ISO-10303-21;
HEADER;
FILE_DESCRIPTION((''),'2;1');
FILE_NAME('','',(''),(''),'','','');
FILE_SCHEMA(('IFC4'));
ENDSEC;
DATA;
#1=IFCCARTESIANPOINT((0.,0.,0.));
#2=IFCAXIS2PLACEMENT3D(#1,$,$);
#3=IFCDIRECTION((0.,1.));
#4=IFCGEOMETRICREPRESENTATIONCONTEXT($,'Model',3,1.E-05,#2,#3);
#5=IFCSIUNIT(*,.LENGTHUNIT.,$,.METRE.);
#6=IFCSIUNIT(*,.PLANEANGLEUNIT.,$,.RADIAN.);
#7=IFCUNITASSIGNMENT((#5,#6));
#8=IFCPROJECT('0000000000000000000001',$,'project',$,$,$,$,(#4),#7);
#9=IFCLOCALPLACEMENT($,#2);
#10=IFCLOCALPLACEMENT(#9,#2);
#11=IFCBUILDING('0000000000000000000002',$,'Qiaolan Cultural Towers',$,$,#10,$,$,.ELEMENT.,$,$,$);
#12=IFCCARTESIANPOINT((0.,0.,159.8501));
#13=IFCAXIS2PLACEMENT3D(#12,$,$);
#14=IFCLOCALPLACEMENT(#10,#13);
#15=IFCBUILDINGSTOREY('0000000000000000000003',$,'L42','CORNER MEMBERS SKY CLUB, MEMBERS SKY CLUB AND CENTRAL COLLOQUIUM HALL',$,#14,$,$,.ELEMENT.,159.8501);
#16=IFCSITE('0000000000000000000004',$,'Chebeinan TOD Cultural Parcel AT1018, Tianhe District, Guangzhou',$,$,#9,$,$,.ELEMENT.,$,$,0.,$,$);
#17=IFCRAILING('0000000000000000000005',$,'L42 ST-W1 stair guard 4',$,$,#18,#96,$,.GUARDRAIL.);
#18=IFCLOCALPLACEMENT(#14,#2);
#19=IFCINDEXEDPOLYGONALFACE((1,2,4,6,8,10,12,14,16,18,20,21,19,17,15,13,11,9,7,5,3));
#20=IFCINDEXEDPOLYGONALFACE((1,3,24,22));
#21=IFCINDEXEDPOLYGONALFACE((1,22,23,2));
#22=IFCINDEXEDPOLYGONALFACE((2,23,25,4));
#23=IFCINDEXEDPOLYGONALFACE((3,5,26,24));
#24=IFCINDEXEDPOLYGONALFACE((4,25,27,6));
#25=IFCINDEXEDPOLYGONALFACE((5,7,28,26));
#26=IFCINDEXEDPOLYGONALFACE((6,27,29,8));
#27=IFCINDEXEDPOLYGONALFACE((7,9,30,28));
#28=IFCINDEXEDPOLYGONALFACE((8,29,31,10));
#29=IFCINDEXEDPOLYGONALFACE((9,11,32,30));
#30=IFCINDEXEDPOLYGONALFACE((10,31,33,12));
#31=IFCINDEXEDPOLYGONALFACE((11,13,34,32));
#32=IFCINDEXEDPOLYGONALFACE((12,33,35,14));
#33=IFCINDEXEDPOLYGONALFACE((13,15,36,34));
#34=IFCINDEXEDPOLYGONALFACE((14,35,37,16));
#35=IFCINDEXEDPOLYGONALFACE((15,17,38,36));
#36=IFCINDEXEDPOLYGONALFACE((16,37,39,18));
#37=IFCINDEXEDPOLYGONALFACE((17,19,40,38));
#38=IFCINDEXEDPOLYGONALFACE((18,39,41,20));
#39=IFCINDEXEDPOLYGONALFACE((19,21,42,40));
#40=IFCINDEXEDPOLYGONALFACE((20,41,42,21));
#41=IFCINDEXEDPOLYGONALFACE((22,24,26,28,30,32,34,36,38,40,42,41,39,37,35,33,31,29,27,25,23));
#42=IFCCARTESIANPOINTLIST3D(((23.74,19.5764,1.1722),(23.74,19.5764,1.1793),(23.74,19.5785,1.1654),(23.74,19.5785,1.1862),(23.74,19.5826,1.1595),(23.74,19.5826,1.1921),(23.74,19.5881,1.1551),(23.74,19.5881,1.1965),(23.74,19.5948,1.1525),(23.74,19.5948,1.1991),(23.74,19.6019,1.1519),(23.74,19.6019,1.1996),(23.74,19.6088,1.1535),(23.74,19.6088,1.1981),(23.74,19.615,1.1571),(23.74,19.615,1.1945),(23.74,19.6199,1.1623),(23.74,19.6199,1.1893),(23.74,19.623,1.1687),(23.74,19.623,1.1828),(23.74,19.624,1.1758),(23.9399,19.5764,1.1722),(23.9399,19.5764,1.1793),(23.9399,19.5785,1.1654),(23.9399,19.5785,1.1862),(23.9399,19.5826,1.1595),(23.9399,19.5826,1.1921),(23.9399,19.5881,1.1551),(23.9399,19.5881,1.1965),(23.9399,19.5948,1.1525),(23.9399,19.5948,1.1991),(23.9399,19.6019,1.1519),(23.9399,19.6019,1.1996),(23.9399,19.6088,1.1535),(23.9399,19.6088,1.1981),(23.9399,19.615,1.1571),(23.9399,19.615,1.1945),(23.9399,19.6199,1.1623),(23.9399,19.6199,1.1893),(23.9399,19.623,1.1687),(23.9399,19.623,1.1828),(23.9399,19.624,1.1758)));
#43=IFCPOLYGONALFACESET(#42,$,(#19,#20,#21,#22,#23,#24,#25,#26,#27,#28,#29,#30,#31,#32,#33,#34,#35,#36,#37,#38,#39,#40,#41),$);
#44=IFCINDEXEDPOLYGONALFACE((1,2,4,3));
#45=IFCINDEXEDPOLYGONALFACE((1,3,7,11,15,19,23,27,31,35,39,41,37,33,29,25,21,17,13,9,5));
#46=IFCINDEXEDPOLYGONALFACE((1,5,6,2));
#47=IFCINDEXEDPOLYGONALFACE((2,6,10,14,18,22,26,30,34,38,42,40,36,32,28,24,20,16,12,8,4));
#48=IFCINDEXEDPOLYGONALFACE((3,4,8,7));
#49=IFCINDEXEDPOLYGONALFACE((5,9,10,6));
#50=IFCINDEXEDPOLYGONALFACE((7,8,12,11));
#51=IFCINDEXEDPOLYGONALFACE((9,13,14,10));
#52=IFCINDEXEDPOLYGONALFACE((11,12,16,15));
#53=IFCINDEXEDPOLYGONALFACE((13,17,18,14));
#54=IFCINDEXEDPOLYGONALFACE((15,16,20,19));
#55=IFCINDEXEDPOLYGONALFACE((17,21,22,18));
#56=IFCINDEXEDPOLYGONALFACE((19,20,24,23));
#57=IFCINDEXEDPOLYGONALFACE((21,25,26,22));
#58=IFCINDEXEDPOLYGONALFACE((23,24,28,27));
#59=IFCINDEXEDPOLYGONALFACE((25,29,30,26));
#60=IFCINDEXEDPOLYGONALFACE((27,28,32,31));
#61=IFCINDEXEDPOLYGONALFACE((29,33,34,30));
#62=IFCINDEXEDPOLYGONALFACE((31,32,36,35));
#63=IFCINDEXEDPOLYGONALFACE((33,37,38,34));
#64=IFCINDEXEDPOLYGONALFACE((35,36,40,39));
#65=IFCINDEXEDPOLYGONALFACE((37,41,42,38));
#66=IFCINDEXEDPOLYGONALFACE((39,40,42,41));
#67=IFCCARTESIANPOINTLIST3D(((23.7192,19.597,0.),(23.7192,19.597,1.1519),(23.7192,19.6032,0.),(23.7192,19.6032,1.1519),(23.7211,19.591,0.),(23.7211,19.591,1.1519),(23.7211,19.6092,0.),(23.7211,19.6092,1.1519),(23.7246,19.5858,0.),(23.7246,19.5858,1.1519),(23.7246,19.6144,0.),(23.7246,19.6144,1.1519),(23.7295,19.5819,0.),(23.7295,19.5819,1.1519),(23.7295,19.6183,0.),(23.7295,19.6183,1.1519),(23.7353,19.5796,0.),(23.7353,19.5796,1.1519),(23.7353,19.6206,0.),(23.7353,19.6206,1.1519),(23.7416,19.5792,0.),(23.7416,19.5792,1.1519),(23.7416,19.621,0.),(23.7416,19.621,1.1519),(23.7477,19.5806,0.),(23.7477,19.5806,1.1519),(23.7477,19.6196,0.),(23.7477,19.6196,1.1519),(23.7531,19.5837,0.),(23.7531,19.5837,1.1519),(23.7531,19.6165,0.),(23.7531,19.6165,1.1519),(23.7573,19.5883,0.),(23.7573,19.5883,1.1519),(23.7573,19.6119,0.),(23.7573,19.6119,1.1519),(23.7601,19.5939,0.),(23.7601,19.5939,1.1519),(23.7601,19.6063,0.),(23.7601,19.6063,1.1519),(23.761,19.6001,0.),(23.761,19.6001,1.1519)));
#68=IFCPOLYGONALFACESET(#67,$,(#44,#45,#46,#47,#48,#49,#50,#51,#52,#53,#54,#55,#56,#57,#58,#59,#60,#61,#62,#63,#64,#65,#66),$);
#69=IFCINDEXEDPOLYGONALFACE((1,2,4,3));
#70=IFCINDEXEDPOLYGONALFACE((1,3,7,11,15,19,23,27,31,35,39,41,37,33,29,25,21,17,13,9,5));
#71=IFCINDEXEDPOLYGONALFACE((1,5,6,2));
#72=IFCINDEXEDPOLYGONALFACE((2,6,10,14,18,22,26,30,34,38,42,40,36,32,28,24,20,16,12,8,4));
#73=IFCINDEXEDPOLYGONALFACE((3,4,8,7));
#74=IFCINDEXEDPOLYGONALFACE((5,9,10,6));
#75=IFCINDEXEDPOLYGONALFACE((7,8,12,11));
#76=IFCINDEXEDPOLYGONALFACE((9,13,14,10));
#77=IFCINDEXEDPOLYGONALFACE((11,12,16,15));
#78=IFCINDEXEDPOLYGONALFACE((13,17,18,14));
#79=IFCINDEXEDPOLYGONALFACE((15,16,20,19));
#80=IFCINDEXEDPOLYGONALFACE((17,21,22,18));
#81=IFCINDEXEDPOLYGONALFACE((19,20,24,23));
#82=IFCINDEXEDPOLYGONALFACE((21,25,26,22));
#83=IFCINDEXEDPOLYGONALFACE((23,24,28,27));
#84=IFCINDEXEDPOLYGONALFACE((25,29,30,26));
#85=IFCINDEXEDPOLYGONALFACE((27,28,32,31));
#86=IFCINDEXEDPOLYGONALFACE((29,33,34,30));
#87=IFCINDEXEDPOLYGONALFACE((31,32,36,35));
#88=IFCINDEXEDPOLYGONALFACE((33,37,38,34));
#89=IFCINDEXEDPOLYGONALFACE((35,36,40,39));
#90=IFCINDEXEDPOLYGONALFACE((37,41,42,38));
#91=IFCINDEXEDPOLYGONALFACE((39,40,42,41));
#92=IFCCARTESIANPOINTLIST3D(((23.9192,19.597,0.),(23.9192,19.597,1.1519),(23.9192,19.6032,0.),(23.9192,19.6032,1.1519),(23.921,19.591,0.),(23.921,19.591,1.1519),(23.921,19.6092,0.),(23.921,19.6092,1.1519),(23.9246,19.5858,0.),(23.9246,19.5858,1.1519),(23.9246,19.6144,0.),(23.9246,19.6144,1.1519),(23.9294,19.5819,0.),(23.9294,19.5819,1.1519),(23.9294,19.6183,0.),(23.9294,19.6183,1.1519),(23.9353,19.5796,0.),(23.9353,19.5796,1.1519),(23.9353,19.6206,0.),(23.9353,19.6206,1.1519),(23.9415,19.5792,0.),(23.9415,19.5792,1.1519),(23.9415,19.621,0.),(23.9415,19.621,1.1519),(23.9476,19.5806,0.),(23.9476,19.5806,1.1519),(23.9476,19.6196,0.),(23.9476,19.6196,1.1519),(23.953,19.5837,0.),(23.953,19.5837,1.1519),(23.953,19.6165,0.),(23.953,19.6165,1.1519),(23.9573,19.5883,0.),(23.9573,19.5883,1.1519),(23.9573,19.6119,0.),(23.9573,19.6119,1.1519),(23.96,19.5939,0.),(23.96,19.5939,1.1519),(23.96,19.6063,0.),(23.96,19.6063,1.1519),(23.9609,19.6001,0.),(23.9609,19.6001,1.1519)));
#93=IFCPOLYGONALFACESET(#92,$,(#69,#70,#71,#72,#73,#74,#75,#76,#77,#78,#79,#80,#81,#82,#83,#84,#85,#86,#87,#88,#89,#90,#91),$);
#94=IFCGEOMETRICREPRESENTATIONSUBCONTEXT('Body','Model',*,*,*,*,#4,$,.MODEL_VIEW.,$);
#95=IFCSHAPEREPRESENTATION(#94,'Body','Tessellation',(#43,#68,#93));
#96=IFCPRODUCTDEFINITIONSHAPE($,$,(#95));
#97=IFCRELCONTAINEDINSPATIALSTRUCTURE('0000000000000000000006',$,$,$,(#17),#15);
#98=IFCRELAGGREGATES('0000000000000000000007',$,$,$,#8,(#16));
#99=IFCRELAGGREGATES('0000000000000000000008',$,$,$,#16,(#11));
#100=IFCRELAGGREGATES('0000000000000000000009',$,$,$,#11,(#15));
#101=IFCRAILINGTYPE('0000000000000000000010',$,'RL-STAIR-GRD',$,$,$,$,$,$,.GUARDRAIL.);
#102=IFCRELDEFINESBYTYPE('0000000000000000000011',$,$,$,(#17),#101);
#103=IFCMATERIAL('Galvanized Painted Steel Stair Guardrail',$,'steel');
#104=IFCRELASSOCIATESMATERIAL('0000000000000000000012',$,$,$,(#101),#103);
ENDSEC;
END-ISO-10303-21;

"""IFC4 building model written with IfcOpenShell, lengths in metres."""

from ifc_helpers import new_model, si_unit, direction, frame, origin, origin_2d, place, context, subcontext, project, spatial, circle, extrude, material, type_object, element, save


model = new_model("IFC4")

# Units and contexts
model_context = context("Model", 3, precision=1e-05, world=origin(), true_north=direction((0.0, 1.0)))
body_context = subcontext(model_context, "Body", "Model", "MODEL_VIEW")
ifc_project = project(units=[si_unit("LENGTHUNIT", "METRE"), si_unit("PLANEANGLEUNIT", "RADIAN")], contexts=[model_context])

# Site, building, storey
site_placement = place(None, origin())
site = spatial("IfcSite", under=ifc_project, at=site_placement, Name="Chebeinan TOD Cultural Parcel AT1018, Tianhe District, Guangzhou", CompositionType="ELEMENT", RefElevation=0.0)
building_placement = place(site_placement, origin())
building = spatial("IfcBuilding", under=site, at=building_placement, Name="Qiaolan Cultural Towers", CompositionType="ELEMENT")
storey_placement = place(building_placement, frame((0.0, 0.0, 159.8501)))
storey = spatial("IfcBuildingStorey", under=building, at=storey_placement, Name="L42", Description="CORNER MEMBERS SKY CLUB, MEMBERS SKY CLUB AND CENTRAL COLLOQUIUM HALL", CompositionType="ELEMENT", Elevation=159.8501)

# Railing
ifc_material_1 = material(Name="Galvanized Painted Steel Stair Guardrail", Category="steel")
railing_type_1 = type_object("IfcRailingType", Name="RL-STAIR-GRD", PredefinedType="GUARDRAIL", material=ifc_material_1)
railing_1_placement = place(storey_placement, frame((23.74, 19.6001, 0.0)))
element("IfcRailing", 1, at=railing_1_placement, inside=storey, type_object=railing_type_1, Name="L42 ST-W1 stair guard 4", PredefinedType="GUARDRAIL", context=body_context, shape_type="SweptSolid", body=[
    extrude(circle(Radius=0.0239, at=origin_2d()), frame((0.0, 0.0, 1.1758), z_axis=(1.0, 0.0, 0.0), x_axis=(0.0, 1.0, 0.0)), (0.0, 0.0, 1.0), 0.2),
    extrude(circle(Radius=0.021, at=origin_2d()), origin(), (0.0, 0.0, 1.0), 1.1519),
    extrude(circle(Radius=0.021, at=origin_2d()), frame((0.2, 0.0, 0.0)), (0.0, 0.0, 1.0), 1.1519),
])

save(model, "model.ifc")
